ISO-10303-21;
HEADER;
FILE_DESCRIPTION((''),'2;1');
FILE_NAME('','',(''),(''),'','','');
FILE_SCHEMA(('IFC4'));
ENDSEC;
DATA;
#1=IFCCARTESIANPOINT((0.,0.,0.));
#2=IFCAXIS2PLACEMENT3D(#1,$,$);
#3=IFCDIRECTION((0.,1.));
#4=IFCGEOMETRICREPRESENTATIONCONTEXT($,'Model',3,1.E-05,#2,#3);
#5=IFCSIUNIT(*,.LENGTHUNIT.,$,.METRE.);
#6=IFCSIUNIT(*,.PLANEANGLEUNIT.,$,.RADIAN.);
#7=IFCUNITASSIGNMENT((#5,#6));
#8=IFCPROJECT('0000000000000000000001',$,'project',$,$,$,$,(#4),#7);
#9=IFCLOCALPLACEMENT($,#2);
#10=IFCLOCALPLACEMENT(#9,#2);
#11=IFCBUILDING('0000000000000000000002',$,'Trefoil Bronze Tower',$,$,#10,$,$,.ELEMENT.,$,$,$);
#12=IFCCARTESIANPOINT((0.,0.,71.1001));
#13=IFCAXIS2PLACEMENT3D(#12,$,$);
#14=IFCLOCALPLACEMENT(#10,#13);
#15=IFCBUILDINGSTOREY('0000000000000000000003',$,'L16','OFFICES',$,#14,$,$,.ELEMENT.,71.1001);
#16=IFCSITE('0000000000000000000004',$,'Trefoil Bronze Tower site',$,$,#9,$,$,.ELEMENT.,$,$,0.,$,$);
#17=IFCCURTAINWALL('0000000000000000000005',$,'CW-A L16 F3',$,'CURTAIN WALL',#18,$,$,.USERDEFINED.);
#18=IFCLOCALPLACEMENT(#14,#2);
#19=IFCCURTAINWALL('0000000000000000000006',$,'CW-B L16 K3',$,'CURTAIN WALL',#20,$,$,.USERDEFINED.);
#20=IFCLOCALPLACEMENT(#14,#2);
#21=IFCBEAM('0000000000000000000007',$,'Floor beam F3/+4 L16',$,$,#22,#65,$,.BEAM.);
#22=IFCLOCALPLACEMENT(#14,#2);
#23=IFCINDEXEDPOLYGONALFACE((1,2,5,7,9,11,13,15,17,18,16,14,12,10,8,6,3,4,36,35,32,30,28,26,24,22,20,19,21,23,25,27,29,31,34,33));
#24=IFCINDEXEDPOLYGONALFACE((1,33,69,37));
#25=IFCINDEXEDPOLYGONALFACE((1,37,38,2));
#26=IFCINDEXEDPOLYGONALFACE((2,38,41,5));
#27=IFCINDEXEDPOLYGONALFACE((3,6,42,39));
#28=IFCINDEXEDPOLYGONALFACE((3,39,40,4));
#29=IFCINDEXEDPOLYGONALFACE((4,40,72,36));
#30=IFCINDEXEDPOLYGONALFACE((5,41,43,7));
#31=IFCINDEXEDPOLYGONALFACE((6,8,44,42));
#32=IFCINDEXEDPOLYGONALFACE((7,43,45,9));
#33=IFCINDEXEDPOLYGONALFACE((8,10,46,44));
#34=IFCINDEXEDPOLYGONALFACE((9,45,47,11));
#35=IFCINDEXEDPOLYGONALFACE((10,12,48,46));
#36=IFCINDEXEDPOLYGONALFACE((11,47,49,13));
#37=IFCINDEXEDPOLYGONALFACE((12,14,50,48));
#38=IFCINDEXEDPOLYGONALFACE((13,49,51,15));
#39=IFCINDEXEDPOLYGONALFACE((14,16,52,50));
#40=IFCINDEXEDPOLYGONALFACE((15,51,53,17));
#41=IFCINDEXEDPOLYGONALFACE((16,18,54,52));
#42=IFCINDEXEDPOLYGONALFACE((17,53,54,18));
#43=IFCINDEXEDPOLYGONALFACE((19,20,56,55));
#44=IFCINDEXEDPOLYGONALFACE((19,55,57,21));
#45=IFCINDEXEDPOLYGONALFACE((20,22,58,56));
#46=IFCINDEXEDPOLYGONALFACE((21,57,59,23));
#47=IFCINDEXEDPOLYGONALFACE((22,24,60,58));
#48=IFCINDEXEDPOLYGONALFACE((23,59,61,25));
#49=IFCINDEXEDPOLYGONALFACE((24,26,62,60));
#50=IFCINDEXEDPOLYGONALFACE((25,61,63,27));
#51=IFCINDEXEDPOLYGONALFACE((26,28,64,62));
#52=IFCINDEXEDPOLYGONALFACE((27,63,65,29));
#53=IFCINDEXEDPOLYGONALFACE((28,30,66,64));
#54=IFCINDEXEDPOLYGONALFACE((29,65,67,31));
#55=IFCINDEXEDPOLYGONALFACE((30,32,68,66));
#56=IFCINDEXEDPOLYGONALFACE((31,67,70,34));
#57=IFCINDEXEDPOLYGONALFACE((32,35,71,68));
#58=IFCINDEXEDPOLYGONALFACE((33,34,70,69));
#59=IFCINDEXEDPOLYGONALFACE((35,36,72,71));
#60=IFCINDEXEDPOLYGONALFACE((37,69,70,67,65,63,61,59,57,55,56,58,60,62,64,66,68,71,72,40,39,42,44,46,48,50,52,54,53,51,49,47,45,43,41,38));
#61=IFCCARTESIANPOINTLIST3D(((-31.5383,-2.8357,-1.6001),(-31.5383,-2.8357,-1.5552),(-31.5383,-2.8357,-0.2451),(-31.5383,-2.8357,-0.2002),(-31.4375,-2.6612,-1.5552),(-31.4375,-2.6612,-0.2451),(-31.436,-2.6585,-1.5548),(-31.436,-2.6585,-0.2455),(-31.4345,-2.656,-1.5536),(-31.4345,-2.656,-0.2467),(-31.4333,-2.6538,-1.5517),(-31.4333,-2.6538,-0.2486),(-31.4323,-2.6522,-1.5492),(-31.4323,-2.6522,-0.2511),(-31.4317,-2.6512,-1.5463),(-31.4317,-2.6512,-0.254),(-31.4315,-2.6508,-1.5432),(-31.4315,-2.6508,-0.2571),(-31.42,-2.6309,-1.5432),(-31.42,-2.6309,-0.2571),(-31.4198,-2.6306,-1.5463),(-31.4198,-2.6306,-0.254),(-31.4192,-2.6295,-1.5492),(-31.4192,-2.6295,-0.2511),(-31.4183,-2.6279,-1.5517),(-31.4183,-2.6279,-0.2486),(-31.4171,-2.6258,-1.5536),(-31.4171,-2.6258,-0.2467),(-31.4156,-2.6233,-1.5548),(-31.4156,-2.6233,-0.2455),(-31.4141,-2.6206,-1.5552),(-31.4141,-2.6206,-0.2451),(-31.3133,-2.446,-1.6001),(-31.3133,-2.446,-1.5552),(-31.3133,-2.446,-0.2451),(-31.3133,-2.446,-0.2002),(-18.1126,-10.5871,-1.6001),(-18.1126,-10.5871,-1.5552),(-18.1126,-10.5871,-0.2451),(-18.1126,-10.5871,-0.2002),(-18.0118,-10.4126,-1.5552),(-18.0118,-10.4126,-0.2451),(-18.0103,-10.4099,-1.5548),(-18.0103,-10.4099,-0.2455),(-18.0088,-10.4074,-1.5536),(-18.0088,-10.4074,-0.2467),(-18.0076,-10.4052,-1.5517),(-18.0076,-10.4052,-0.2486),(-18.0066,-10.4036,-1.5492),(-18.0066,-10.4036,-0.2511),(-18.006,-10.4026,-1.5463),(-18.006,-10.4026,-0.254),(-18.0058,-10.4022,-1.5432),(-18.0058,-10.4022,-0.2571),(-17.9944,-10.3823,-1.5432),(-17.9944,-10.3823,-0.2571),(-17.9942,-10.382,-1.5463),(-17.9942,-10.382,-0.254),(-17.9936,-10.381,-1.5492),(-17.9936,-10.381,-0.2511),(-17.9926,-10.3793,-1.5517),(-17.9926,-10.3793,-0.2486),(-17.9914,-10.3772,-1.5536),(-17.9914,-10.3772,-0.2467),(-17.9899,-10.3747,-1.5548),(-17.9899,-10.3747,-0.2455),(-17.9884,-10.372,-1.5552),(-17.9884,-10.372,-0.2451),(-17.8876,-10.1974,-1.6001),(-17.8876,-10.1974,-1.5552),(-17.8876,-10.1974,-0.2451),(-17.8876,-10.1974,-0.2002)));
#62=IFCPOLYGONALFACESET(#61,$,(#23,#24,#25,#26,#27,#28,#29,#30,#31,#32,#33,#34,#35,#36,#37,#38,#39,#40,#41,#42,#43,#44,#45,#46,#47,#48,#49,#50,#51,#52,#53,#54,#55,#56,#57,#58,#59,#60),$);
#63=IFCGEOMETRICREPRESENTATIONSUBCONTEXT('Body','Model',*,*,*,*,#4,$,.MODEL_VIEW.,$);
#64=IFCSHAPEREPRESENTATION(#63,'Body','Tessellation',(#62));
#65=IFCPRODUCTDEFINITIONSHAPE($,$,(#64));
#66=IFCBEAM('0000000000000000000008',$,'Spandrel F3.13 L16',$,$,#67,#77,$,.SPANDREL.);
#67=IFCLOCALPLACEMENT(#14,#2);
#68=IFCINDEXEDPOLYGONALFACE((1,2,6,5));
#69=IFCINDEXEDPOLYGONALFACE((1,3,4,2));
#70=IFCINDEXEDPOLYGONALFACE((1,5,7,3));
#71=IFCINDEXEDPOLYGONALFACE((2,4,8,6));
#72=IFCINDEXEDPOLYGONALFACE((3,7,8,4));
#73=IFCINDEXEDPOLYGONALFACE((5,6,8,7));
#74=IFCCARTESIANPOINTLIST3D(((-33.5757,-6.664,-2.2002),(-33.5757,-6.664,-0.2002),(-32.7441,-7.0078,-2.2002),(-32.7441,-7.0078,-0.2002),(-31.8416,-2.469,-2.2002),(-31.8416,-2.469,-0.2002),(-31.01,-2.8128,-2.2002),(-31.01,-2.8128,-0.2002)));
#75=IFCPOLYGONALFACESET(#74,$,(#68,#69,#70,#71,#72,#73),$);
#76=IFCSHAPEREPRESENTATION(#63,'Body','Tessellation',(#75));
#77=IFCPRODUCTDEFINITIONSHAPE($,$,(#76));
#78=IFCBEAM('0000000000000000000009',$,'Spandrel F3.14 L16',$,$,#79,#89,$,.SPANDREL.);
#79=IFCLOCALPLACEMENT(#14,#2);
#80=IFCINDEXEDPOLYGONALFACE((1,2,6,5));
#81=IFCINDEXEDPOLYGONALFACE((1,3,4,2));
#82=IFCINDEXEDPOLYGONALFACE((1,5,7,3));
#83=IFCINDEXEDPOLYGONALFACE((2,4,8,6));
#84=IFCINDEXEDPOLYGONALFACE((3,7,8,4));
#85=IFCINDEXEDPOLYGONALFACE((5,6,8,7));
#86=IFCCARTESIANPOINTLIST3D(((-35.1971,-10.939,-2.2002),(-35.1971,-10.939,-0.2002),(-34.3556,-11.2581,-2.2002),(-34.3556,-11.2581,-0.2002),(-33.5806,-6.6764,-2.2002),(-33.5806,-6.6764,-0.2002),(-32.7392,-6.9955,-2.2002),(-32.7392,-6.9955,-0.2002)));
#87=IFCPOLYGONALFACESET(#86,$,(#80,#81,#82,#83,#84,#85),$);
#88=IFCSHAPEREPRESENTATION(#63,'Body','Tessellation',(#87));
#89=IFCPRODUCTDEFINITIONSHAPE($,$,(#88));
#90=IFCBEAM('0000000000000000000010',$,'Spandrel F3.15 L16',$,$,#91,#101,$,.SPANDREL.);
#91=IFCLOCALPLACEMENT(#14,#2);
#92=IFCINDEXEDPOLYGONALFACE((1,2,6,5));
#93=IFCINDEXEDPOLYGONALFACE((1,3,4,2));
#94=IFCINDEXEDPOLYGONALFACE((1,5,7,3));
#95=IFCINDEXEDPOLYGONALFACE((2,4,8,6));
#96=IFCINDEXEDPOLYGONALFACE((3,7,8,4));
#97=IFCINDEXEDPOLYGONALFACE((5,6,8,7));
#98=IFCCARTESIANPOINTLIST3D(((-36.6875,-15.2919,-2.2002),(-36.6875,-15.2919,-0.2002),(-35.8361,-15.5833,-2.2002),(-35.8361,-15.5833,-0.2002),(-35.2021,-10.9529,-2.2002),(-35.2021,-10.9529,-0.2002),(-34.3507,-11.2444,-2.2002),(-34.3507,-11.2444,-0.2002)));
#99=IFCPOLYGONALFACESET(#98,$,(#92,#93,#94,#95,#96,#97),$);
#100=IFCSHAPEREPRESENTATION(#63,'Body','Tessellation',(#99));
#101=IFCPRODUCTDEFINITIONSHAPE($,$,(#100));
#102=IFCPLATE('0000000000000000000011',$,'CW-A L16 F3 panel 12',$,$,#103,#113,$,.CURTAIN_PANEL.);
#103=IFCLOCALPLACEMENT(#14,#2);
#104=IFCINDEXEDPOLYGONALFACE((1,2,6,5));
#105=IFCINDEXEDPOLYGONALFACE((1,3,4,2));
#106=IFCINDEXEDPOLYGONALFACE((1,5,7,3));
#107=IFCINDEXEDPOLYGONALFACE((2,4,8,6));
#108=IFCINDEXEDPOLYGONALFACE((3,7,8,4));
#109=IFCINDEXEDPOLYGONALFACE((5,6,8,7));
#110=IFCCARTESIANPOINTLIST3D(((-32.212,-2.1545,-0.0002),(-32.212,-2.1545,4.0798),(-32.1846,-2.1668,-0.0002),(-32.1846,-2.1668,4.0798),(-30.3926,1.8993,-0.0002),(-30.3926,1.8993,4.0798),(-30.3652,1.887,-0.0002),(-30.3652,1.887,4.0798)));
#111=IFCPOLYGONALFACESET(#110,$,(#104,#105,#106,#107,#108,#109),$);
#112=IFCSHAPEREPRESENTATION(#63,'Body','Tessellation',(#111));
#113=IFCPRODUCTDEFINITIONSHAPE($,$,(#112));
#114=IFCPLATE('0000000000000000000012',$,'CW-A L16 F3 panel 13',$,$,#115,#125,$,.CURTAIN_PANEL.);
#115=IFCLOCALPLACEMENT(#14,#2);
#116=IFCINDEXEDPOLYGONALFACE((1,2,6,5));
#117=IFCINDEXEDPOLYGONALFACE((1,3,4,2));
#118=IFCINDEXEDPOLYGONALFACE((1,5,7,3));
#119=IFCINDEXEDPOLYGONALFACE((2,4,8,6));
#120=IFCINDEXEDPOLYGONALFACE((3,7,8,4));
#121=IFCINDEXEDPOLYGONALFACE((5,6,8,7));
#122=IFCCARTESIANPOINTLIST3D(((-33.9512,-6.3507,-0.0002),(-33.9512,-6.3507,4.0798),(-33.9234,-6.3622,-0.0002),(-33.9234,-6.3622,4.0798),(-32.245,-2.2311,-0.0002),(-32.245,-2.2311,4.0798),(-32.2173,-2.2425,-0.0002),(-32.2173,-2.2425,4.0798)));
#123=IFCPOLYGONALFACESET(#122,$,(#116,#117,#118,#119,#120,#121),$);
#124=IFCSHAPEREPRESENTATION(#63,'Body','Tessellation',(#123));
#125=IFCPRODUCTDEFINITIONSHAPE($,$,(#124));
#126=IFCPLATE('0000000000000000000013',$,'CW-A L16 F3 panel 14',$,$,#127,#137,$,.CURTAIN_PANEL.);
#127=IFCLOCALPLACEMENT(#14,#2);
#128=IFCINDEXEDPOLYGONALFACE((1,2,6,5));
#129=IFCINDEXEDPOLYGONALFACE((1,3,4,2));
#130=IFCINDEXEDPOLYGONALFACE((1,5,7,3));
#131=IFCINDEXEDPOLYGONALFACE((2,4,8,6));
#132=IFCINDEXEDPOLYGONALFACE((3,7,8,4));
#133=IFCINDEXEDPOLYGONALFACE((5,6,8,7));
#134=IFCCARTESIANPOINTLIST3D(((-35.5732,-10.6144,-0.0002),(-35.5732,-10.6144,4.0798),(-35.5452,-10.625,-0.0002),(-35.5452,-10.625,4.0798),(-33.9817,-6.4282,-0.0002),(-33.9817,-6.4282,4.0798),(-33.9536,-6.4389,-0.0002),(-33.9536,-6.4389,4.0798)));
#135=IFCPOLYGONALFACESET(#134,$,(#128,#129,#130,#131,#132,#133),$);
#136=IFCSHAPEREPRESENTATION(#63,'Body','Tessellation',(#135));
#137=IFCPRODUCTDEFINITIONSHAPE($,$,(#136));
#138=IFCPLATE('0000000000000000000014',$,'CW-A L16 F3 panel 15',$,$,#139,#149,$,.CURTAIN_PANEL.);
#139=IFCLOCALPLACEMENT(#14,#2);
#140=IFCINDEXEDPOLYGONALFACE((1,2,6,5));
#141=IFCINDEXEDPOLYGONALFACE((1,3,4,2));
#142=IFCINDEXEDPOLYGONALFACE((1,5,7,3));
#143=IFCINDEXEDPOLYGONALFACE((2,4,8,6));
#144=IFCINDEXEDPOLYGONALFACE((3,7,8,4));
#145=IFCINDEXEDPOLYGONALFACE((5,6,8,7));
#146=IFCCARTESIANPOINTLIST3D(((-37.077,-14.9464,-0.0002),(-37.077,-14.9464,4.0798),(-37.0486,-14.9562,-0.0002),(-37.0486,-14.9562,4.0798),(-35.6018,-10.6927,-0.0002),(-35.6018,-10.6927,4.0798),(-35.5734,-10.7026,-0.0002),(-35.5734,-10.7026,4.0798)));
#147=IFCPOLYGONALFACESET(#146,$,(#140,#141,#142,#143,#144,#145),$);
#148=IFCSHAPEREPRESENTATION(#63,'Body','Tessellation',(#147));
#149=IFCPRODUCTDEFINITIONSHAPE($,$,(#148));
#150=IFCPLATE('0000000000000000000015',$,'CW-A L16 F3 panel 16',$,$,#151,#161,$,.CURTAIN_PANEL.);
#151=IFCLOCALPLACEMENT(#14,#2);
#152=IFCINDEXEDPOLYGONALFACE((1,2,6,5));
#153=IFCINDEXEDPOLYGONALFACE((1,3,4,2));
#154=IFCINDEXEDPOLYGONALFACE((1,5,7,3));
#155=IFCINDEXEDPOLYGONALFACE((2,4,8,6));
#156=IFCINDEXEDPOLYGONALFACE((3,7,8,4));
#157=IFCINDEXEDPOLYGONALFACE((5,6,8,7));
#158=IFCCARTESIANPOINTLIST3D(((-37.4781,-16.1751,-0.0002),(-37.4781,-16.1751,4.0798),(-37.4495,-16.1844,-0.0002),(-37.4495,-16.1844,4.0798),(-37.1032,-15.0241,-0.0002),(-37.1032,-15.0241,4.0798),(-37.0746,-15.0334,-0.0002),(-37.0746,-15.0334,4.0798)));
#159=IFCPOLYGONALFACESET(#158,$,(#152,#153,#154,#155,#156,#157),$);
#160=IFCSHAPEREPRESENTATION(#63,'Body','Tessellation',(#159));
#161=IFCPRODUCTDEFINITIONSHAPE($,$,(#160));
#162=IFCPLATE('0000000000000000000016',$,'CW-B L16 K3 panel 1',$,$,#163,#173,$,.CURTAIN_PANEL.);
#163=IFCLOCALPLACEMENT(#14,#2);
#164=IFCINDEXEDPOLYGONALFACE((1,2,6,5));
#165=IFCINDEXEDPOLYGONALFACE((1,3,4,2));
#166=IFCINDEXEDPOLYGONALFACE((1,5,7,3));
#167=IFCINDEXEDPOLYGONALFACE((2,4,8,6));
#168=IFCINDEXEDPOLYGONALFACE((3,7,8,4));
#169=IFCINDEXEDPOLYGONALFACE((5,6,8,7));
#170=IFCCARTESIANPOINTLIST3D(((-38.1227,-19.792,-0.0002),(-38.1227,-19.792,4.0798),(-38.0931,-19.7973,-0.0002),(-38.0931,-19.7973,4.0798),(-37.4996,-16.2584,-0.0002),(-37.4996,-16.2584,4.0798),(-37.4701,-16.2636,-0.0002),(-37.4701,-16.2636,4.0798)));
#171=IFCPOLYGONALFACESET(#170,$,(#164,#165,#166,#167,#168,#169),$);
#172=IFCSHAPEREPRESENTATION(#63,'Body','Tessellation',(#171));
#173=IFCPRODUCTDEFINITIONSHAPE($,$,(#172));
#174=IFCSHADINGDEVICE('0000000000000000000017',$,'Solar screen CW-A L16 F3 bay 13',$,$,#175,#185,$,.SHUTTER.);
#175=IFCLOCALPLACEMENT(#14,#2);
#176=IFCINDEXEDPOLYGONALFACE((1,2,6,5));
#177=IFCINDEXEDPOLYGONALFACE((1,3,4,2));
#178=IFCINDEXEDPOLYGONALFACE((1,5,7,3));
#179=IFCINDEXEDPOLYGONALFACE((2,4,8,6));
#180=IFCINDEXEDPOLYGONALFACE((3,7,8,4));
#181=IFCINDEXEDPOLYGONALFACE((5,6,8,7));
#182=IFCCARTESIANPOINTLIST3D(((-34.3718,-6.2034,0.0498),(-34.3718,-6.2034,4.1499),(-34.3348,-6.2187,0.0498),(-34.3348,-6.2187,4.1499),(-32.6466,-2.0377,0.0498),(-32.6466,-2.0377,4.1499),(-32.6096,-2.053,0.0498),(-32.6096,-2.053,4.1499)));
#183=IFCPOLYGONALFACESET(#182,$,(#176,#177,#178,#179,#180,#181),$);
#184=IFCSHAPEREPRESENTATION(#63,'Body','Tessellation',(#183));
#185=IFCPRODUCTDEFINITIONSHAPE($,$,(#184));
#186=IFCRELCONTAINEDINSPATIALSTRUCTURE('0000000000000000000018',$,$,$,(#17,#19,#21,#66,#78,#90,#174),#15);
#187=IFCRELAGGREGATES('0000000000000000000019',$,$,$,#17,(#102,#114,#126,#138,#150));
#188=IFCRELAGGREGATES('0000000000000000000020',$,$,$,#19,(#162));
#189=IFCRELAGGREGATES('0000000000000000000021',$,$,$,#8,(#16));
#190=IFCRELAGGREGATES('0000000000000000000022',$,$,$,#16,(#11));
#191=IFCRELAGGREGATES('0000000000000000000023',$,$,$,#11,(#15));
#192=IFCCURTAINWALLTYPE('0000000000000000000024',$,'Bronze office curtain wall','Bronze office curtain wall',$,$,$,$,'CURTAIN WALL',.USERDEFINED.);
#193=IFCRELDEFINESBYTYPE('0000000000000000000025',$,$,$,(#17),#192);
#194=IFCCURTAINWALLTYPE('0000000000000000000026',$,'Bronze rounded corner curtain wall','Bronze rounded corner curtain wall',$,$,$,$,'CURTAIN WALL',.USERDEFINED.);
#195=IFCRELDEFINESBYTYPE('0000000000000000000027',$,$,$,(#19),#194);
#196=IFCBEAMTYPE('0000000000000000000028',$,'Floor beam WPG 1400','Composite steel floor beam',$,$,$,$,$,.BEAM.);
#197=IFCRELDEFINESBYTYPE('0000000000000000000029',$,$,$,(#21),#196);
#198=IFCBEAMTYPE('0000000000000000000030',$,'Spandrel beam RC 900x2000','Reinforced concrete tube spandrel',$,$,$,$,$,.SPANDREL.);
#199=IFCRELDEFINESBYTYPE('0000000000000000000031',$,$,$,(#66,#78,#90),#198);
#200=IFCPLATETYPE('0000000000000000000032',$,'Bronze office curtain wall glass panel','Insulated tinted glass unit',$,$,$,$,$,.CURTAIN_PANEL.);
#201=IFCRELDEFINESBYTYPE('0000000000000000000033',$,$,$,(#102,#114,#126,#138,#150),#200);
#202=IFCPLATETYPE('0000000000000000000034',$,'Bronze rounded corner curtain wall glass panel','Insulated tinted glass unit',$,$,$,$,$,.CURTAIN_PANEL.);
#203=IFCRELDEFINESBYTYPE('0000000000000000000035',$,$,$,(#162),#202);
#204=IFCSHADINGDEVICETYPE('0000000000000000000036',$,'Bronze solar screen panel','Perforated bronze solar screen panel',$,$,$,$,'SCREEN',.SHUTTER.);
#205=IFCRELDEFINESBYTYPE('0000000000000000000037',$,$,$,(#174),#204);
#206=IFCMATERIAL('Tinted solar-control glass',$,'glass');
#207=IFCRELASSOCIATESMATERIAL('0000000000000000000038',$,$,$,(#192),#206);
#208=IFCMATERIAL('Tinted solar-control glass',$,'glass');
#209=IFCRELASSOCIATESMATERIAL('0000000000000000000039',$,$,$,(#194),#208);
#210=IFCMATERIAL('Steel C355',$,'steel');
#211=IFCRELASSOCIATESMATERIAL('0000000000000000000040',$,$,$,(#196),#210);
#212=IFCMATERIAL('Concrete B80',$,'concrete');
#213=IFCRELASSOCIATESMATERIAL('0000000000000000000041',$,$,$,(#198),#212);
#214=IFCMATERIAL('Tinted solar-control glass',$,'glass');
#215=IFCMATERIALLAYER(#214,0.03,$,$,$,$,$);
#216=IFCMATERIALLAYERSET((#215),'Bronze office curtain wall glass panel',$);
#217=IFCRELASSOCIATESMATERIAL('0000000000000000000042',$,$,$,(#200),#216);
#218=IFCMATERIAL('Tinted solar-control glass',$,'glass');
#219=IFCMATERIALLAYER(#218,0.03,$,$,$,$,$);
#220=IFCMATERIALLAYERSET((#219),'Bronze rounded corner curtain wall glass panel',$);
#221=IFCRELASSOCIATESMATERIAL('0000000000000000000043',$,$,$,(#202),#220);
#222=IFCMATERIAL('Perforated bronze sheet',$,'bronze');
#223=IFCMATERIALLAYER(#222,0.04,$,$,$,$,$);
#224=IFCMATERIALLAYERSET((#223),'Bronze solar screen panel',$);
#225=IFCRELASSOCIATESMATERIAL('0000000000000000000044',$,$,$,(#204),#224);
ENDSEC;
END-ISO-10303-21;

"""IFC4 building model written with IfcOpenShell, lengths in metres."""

from ifc_helpers import new_model, si_unit, direction, frame, origin, origin_2d, place, context, subcontext, project, spatial, rectangle, i_section, extrude, material, layer, layer_set, material_profile, profile_set, type_object, element, aggregate, save


model = new_model("IFC4")

# Units and contexts
model_context = context("Model", 3, precision=1e-05, world=origin(), true_north=direction((0.0, 1.0)))
body_context = subcontext(model_context, "Body", "Model", "MODEL_VIEW")
ifc_project = project(units=[si_unit("LENGTHUNIT", "METRE"), si_unit("PLANEANGLEUNIT", "RADIAN")], contexts=[model_context])

# Site, building, storey
site_placement = place(None, origin())
site = spatial("IfcSite", under=ifc_project, at=site_placement, Name="Trefoil Bronze Tower site", CompositionType="ELEMENT", RefElevation=0.0)
building_placement = place(site_placement, origin())
building = spatial("IfcBuilding", under=site, at=building_placement, Name="Trefoil Bronze Tower", CompositionType="ELEMENT")
storey_placement = place(building_placement, frame((0.0, 0.0, 71.1001)))
storey = spatial("IfcBuildingStorey", under=building, at=storey_placement, Name="L16", Description="OFFICES", CompositionType="ELEMENT", Elevation=71.1001)

# Curtain walls
ifc_material_1 = material(Name="Tinted solar-control glass", Category="glass")
curtain_wall_type_1 = type_object("IfcCurtainWallType", Name="Bronze office curtain wall", Description="Bronze office curtain wall", ElementType="CURTAIN WALL", PredefinedType="USERDEFINED", material=ifc_material_1)
curtain_wall_1_placement = place(storey_placement, origin())
curtain_wall_1 = element("IfcCurtainWall", 1, at=curtain_wall_1_placement, inside=storey, type_object=curtain_wall_type_1, Name="CW-A L16 F3", ObjectType="CURTAIN WALL", PredefinedType="USERDEFINED")
ifc_material_2 = material(Name="Tinted solar-control glass", Category="glass")
curtain_wall_type_2 = type_object("IfcCurtainWallType", Name="Bronze rounded corner curtain wall", Description="Bronze rounded corner curtain wall", ElementType="CURTAIN WALL", PredefinedType="USERDEFINED", material=ifc_material_2)
curtain_wall_2_placement = place(storey_placement, origin())
curtain_wall_2 = element("IfcCurtainWall", 2, at=curtain_wall_2_placement, inside=storey, type_object=curtain_wall_type_2, Name="CW-B L16 K3", ObjectType="CURTAIN WALL", PredefinedType="USERDEFINED")

# Beams
ifc_material_3 = material(Name="Steel C355", Category="steel")
ifc_material_profile_1 = material_profile(ifc_material_3, i_section(OverallWidth=0.45, OverallDepth=1.3999, WebThickness=0.0229, FlangeThickness=0.0449, FilletRadius=0.012, at=origin_2d()), Name="WPG 1400")
ifc_profile_set_1 = profile_set([ifc_material_profile_1], Name="Steel C355")
beam_type_1 = type_object("IfcBeamType", Name="Floor beam WPG 1400", Description="Composite steel floor beam", PredefinedType="BEAM", material=ifc_profile_set_1)
beam_1_placement = place(storey_placement, frame((-31.4258, -2.6409, -0.9001), z_axis=(0.866023, -0.500004, 0.0), x_axis=(0.500004, 0.866023, 0.0)))
element("IfcBeam", 3, at=beam_1_placement, inside=storey, type_object=beam_type_1, Name="Floor beam F3/+4 L16", PredefinedType="BEAM", context=body_context, shape_type="SweptSolid", body=[
    extrude(i_section(OverallWidth=0.45, OverallDepth=1.3999, WebThickness=0.0229, FlangeThickness=0.0449, FilletRadius=0.012, at=origin_2d()), origin(), (0.0, 0.0, 1.0), 15.5027),
])
ifc_material_4 = material(Name="Concrete B80", Category="concrete")
ifc_material_profile_2 = material_profile(ifc_material_4, rectangle(XDim=0.8999, YDim=2.0, at=origin_2d()), Name="RC 900x2000")
ifc_profile_set_2 = profile_set([ifc_material_profile_2], Name="Concrete B80")
beam_type_2 = type_object("IfcBeamType", Name="Spandrel beam RC 900x2000", Description="Reinforced concrete tube spandrel", PredefinedType="SPANDREL", material=ifc_profile_set_2)
beam_2_placement = place(storey_placement, frame((-31.4258, -2.6409, -1.2002), z_axis=(-0.382021, -0.924154, 0.0), x_axis=(0.924154, -0.382021, 0.0)))
element("IfcBeam", 4, at=beam_2_placement, inside=storey, type_object=beam_type_2, Name="Spandrel F3.13 L16", PredefinedType="SPANDREL", context=body_context, shape_type="SweptSolid", body=[
    extrude(rectangle(XDim=0.8999, YDim=2.0, at=origin_2d()), origin(), (0.0, 0.0, 1.0), 4.5393),
])
beam_3_placement = place(storey_placement, frame((-33.1599, -6.8359, -1.2002), z_axis=(-0.354572, -0.935029, 0.0), x_axis=(0.935029, -0.354572, 0.0)))
element("IfcBeam", 5, at=beam_3_placement, inside=storey, type_object=beam_type_2, Name="Spandrel F3.14 L16", PredefinedType="SPANDREL", context=body_context, shape_type="SweptSolid", body=[
    extrude(rectangle(XDim=0.8999, YDim=2.0, at=origin_2d()), origin(), (0.0, 0.0, 1.0), 4.5588),
])
beam_4_placement = place(storey_placement, frame((-34.7764, -11.0986, -1.2002), z_axis=(-0.323883, -0.946097, 0.0), x_axis=(0.946097, -0.323883, 0.0)))
element("IfcBeam", 6, at=beam_4_placement, inside=storey, type_object=beam_type_2, Name="Spandrel F3.15 L16", PredefinedType="SPANDREL", context=body_context, shape_type="SweptSolid", body=[
    extrude(rectangle(XDim=0.8999, YDim=2.0, at=origin_2d()), origin(), (0.0, 0.0, 1.0), 4.5862),
])

# Plates
ifc_material_5 = material(Name="Tinted solar-control glass", Category="glass")
ifc_layer_1 = layer(ifc_material_5, 0.03)
ifc_layer_set_1 = layer_set([ifc_layer_1], Name="Bronze office curtain wall glass panel")
plate_type_1 = type_object("IfcPlateType", Name="Bronze office curtain wall glass panel", Description="Insulated tinted glass unit", PredefinedType="CURTAIN_PANEL", material=ifc_layer_set_1)
plate_1_placement = place(storey_placement, frame((-31.2886, -0.1338, -0.0002), z_axis=(0.0, 0.0, 1.0), x_axis=(-0.409456, -0.91233, 0.0)))
plate_1 = element("IfcPlate", 7, at=plate_1_placement, type_object=plate_type_1, Name="CW-A L16 F3 panel 12", PredefinedType="CURTAIN_PANEL", context=body_context, shape_type="SweptSolid", body=[
    extrude(rectangle(XDim=4.4434, YDim=0.03, at=origin_2d()), origin(), (0.0, 0.0, 1.0), 4.0801),
])
plate_2_placement = place(storey_placement, frame((-33.0842, -4.2966, -0.0002), z_axis=(0.0, 0.0, 1.0), x_axis=(-0.38263, -0.923902, 0.0)))
plate_2 = element("IfcPlate", 8, at=plate_2_placement, type_object=plate_type_1, Name="CW-A L16 F3 panel 13", PredefinedType="CURTAIN_PANEL", context=body_context, shape_type="SweptSolid", body=[
    extrude(rectangle(XDim=4.459, YDim=0.03, at=origin_2d()), origin(), (0.0, 0.0, 1.0), 4.0801),
])
plate_3_placement = place(storey_placement, frame((-34.7634, -8.5266, -0.0002), z_axis=(0.0, 0.0, 1.0), x_axis=(-0.355371, -0.934725, 0.0)))
plate_3 = element("IfcPlate", 9, at=plate_3_placement, type_object=plate_type_1, Name="CW-A L16 F3 panel 14", PredefinedType="CURTAIN_PANEL", context=body_context, shape_type="SweptSolid", body=[
    extrude(rectangle(XDim=4.4785, YDim=0.03, at=origin_2d()), origin(), (0.0, 0.0, 1.0), 4.0801),
])
plate_4_placement = place(storey_placement, frame((-36.3252, -12.8245, -0.0002), z_axis=(0.0, 0.0, 1.0), x_axis=(-0.327674, -0.944791, 0.0)))
plate_4 = element("IfcPlate", 10, at=plate_4_placement, type_object=plate_type_1, Name="CW-A L16 F3 panel 15", PredefinedType="CURTAIN_PANEL", context=body_context, shape_type="SweptSolid", body=[
    extrude(rectangle(XDim=4.5022, YDim=0.03, at=origin_2d()), origin(), (0.0, 0.0, 1.0), 4.0801),
])
plate_5_placement = place(storey_placement, frame((-37.2764, -15.6042, -0.0002), z_axis=(0.0, 0.0, 1.0), x_axis=(-0.309728, -0.950825, 0.0)))
plate_5 = element("IfcPlate", 11, at=plate_5_placement, type_object=plate_type_1, Name="CW-A L16 F3 panel 16", PredefinedType="CURTAIN_PANEL", context=body_context, shape_type="SweptSolid", body=[
    extrude(rectangle(XDim=1.2104, YDim=0.03, at=origin_2d()), origin(), (0.0, 0.0, 1.0), 4.0801),
])
aggregate(curtain_wall_1, [plate_1, plate_2, plate_3, plate_4, plate_5])
ifc_material_6 = material(Name="Tinted solar-control glass", Category="glass")
ifc_layer_2 = layer(ifc_material_6, 0.03)
ifc_layer_set_2 = layer_set([ifc_layer_2], Name="Bronze rounded corner curtain wall glass panel")
plate_type_2 = type_object("IfcPlateType", Name="Bronze rounded corner curtain wall glass panel", Description="Insulated tinted glass unit", PredefinedType="CURTAIN_PANEL", material=ifc_layer_set_2)
plate_6_placement = place(storey_placement, frame((-37.7964, -18.0278, -0.0002), z_axis=(0.0, 0.0, 1.0), x_axis=(-0.173648, -0.984808, 0.0)))
plate_6 = element("IfcPlate", 12, at=plate_6_placement, type_object=plate_type_2, Name="CW-B L16 K3 panel 1", PredefinedType="CURTAIN_PANEL", context=body_context, shape_type="SweptSolid", body=[
    extrude(rectangle(XDim=3.5881, YDim=0.03, at=origin_2d()), origin(), (0.0, 0.0, 1.0), 4.0801),
])
aggregate(curtain_wall_2, [plate_6])

# Shading device
ifc_material_7 = material(Name="Perforated bronze sheet", Category="bronze")
ifc_layer_3 = layer(ifc_material_7, 0.04)
ifc_layer_set_3 = layer_set([ifc_layer_3], Name="Bronze solar screen panel")
shading_device_type = type_object("IfcShadingDeviceType", Name="Bronze solar screen panel", Description="Perforated bronze solar screen panel", ElementType="SCREEN", PredefinedType="SHUTTER", material=ifc_layer_set_3)
shading_device_1_placement = place(storey_placement, frame((-33.4907, -4.1282, 0.0498), z_axis=(0.0, 0.0, 1.0), x_axis=(-0.38263, -0.923902, 0.0)))
element("IfcShadingDevice", 13, at=shading_device_1_placement, inside=storey, type_object=shading_device_type, Name="Solar screen CW-A L16 F3 bay 13", PredefinedType="SHUTTER", context=body_context, shape_type="SweptSolid", body=[
    extrude(rectangle(XDim=4.5088, YDim=0.04, at=origin_2d()), origin(), (0.0, 0.0, 1.0), 4.1001),
])

save(model, "model.ifc")
